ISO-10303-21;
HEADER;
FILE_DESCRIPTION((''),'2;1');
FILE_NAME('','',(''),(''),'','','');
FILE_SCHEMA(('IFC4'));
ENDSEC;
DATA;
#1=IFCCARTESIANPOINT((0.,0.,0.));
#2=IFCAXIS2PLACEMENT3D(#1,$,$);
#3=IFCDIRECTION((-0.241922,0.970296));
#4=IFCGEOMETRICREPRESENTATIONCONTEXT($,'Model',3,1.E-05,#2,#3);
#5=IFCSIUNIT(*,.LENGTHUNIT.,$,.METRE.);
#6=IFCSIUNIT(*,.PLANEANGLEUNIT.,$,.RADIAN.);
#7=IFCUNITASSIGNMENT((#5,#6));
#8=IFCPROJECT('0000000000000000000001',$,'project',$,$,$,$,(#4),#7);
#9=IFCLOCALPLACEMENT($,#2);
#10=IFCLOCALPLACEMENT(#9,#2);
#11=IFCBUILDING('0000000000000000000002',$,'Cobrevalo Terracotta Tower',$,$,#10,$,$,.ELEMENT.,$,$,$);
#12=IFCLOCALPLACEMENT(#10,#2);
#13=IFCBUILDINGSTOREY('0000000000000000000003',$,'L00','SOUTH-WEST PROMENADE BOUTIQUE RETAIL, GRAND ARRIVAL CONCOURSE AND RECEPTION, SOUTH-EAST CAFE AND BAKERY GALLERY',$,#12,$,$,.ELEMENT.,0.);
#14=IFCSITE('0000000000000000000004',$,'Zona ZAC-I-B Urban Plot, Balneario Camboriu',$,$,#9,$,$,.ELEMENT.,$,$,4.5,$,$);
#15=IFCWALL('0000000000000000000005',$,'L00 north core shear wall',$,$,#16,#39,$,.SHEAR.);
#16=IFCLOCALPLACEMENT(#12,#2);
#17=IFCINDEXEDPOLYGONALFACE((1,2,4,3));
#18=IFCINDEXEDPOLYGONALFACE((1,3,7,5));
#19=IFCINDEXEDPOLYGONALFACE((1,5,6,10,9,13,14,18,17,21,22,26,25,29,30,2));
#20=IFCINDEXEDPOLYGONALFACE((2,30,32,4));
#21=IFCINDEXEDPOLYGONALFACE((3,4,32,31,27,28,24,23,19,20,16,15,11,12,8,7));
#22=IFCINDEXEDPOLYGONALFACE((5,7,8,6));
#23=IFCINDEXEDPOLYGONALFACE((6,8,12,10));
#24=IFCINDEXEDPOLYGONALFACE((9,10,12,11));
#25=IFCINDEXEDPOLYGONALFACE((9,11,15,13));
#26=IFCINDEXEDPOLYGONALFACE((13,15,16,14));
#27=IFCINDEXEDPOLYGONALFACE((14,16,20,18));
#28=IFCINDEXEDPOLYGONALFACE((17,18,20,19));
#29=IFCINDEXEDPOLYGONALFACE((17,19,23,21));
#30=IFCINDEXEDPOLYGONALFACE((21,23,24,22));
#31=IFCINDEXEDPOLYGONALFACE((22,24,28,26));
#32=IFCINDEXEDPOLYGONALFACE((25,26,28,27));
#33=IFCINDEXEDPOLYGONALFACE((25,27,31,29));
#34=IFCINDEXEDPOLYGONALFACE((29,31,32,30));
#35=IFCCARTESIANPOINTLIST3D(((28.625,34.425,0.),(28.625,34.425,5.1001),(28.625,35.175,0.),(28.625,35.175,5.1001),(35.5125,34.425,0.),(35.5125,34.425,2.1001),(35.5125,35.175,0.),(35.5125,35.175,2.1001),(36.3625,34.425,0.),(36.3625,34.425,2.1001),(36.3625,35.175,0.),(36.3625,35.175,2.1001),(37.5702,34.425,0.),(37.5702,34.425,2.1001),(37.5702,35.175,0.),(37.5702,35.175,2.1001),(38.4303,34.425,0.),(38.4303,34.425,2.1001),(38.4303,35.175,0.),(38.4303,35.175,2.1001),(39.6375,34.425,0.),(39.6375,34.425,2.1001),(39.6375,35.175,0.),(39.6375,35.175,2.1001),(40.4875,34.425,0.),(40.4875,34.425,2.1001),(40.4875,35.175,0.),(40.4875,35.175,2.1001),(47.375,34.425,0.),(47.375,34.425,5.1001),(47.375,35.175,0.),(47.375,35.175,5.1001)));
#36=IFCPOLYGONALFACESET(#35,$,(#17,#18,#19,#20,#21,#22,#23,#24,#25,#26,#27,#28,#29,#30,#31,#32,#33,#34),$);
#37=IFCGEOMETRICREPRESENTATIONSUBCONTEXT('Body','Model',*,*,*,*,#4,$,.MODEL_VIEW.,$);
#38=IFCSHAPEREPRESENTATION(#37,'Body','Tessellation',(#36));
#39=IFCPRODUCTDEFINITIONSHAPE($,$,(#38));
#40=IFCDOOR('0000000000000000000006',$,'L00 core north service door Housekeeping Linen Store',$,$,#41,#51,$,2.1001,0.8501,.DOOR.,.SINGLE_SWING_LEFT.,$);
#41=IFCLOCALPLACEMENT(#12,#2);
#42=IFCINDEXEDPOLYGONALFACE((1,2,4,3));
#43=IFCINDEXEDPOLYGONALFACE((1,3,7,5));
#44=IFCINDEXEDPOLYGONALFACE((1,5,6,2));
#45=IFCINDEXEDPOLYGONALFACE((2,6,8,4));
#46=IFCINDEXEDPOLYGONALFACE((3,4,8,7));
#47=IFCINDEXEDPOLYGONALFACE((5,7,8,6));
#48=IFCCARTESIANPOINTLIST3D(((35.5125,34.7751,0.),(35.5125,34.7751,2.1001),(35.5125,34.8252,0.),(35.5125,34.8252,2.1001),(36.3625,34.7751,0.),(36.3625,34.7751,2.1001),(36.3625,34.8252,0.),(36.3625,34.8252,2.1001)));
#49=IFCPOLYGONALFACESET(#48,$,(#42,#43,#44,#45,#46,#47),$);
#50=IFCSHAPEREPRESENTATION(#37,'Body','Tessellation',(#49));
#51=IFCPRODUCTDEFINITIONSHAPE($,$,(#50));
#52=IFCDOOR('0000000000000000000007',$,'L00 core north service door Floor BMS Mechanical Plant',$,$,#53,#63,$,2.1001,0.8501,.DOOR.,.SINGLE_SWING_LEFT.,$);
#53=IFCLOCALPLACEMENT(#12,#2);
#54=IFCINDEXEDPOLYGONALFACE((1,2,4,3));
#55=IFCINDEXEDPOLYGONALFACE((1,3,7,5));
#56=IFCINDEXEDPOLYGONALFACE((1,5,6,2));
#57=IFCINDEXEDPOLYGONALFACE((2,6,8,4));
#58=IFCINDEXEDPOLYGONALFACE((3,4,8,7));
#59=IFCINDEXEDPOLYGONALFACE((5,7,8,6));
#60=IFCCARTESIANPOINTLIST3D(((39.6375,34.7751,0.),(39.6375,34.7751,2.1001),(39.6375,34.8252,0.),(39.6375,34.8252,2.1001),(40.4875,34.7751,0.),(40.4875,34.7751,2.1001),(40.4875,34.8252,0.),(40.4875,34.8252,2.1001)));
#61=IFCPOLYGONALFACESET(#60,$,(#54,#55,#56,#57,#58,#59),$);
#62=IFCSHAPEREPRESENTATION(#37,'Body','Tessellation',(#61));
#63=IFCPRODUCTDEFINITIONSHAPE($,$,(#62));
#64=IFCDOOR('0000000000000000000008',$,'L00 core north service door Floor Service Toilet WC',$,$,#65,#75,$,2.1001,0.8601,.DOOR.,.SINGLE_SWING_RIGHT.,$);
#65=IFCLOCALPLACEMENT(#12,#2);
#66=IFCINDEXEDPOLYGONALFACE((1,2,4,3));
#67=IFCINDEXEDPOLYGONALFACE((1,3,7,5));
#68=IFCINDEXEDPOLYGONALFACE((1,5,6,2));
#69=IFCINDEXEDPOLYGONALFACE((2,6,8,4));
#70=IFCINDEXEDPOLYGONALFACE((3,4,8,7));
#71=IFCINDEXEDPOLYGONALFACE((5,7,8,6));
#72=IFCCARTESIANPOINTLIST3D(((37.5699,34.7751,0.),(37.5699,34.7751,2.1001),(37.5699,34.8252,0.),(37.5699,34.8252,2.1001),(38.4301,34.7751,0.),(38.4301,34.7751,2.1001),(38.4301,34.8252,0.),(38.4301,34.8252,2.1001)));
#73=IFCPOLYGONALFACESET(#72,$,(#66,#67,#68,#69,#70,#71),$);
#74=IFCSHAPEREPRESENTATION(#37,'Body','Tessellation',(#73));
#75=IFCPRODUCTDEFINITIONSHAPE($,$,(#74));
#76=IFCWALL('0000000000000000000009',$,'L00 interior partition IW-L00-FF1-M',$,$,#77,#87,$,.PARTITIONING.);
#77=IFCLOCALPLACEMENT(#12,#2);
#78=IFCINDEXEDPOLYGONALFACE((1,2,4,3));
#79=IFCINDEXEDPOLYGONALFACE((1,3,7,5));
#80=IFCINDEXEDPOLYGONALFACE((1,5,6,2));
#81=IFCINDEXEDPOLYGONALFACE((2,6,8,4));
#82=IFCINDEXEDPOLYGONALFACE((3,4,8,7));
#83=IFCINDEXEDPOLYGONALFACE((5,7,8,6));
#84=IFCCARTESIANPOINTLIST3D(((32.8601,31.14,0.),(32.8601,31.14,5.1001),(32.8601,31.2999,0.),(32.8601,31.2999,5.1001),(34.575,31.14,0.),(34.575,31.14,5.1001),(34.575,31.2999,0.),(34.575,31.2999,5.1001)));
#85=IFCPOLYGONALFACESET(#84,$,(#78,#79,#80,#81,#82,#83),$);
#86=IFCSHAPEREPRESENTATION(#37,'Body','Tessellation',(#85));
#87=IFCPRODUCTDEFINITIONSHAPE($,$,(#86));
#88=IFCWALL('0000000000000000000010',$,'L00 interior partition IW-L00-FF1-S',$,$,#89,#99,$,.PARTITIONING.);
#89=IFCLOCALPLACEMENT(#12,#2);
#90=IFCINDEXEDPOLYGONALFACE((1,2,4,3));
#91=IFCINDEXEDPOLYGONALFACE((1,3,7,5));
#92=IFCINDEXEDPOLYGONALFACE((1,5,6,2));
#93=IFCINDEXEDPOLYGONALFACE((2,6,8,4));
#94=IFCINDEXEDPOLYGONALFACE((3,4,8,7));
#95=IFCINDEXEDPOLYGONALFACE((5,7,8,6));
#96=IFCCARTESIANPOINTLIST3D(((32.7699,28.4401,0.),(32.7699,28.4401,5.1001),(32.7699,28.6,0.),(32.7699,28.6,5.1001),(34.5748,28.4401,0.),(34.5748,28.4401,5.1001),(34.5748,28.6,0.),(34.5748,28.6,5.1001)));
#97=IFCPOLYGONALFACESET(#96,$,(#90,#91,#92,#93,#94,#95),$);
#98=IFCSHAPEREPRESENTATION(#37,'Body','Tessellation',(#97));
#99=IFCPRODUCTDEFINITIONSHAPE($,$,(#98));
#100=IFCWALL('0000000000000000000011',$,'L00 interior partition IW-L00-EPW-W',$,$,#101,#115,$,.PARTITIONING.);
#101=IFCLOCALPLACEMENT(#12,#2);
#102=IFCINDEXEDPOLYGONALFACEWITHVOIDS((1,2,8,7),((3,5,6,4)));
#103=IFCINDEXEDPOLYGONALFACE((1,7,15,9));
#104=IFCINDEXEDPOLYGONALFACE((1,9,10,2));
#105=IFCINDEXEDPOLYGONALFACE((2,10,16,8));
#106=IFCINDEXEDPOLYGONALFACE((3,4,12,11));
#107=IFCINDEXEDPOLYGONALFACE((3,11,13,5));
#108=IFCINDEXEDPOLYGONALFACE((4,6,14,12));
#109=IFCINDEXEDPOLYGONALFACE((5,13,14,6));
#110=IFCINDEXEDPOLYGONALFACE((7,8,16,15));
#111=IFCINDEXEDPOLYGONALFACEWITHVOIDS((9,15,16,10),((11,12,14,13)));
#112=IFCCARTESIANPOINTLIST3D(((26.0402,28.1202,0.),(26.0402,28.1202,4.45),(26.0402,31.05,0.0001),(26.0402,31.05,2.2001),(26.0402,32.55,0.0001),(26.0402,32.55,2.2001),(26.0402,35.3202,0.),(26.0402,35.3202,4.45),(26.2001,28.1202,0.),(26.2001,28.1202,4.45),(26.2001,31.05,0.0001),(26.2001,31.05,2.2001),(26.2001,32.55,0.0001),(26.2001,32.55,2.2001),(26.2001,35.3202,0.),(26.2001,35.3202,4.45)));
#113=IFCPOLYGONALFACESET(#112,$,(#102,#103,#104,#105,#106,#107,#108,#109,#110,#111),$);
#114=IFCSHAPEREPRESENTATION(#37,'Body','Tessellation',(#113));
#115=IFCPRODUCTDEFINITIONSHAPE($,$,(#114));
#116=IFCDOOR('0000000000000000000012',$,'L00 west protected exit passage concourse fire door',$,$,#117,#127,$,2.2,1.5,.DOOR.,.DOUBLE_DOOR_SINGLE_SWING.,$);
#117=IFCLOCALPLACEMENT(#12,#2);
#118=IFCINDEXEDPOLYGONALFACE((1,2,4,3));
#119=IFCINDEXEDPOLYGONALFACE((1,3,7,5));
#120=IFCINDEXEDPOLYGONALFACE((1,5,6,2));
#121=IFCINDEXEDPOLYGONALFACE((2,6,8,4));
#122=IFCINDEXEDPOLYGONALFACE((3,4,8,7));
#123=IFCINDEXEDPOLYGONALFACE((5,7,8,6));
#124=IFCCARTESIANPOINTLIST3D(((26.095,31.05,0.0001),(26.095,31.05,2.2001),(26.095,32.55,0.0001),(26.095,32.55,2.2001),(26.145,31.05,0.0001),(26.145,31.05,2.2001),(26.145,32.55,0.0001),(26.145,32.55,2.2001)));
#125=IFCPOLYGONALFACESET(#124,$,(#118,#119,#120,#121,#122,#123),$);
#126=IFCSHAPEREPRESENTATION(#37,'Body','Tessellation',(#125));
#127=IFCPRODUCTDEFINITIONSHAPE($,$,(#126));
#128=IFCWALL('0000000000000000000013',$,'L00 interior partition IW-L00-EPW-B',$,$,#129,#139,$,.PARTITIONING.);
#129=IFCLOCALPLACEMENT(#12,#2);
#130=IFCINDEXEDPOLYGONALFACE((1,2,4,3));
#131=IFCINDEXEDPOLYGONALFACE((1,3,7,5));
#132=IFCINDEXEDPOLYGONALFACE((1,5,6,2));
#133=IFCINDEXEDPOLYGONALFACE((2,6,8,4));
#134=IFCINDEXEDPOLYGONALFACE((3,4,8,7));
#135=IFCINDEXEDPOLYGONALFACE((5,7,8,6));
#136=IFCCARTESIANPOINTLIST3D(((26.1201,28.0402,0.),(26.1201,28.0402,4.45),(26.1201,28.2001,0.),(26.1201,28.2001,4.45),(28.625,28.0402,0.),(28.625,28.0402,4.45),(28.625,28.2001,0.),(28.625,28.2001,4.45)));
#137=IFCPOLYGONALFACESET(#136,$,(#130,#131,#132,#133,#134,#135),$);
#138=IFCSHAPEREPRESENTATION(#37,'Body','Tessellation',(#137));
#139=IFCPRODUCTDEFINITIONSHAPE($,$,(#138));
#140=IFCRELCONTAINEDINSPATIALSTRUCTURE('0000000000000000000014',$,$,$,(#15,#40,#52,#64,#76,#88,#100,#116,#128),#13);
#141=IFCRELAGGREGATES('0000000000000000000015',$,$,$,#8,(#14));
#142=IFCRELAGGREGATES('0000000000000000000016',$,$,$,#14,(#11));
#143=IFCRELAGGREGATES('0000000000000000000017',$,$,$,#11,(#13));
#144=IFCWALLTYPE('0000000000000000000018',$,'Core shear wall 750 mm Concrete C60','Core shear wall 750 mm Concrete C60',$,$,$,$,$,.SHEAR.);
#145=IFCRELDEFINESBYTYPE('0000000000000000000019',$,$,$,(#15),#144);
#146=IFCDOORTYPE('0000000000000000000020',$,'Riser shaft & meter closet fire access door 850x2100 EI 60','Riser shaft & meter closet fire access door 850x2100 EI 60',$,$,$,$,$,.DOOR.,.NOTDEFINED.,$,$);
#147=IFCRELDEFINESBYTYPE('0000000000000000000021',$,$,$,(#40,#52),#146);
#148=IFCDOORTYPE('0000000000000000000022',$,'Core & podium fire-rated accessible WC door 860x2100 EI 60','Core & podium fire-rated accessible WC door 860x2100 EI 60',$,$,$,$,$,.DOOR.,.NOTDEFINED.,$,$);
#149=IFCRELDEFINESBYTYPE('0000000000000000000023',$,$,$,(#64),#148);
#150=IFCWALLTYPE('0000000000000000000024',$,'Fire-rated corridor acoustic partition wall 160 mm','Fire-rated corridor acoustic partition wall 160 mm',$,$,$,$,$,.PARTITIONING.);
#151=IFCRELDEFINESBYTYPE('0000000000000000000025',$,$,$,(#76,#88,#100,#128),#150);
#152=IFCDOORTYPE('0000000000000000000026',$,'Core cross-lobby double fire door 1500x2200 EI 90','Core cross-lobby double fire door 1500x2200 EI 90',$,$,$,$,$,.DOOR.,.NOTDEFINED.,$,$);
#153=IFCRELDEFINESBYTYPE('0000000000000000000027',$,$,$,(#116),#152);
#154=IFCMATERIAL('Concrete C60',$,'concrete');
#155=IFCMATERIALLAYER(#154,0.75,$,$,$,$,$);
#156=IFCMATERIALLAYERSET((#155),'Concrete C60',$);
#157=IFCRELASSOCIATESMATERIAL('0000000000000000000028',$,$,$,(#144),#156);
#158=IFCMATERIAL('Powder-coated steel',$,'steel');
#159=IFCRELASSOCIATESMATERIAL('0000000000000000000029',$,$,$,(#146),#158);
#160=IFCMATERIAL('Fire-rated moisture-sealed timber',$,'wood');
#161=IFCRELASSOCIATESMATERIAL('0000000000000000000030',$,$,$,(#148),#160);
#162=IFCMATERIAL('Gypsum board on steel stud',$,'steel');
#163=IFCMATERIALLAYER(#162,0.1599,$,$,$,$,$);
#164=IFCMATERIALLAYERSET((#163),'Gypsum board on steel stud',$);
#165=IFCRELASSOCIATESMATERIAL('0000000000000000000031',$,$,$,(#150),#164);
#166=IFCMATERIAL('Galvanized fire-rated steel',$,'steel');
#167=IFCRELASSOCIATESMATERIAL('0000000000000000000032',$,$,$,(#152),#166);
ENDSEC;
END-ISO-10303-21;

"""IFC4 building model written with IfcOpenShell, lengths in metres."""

from ifc_helpers import new_model, si_unit, direction, frame, frame_2d, origin, place, context, subcontext, project, spatial, rectangle, extrude, source, transform, mapped, material, layer, layer_set, type_object, element, fill, save


model = new_model("IFC4")

# Units and contexts
model_context = context("Model", 3, precision=1e-05, world=origin(), true_north=direction((-0.241922, 0.970296)))
body_context = subcontext(model_context, "Body", "Model", "MODEL_VIEW")
ifc_project = project(units=[si_unit("LENGTHUNIT", "METRE"), si_unit("PLANEANGLEUNIT", "RADIAN")], contexts=[model_context])

# Site, building, storey
site_placement = place(None, origin())
site = spatial("IfcSite", under=ifc_project, at=site_placement, Name="Zona ZAC-I-B Urban Plot, Balneario Camboriu", CompositionType="ELEMENT", RefElevation=4.5)
building_placement = place(site_placement, origin())
building = spatial("IfcBuilding", under=site, at=building_placement, Name="Cobrevalo Terracotta Tower", CompositionType="ELEMENT")
storey_placement = place(building_placement, origin())
storey = spatial("IfcBuildingStorey", under=building, at=storey_placement, Name="L00", Description="SOUTH-WEST PROMENADE BOUTIQUE RETAIL, GRAND ARRIVAL CONCOURSE AND RECEPTION, SOUTH-EAST CAFE AND BAKERY GALLERY", CompositionType="ELEMENT", Elevation=0.0)

# Wall, openings, doors
ifc_material_1 = material(Name="Concrete C60", Category="concrete")
ifc_layer_1 = layer(ifc_material_1, 0.75)
ifc_layer_set_1 = layer_set([ifc_layer_1], Name="Concrete C60")
wall_type_1 = type_object("IfcWallType", Name="Core shear wall 750 mm Concrete C60", Description="Core shear wall 750 mm Concrete C60", PredefinedType="SHEAR", material=ifc_layer_set_1)
wall_1_placement = place(storey_placement, frame((28.625, 34.8, 0.0), z_axis=(0.0, 0.0, 1.0), x_axis=(1.0, 0.0, 0.0)))
wall_1 = element("IfcWall", 1, at=wall_1_placement, inside=storey, type_object=wall_type_1, Name="L00 north core shear wall", PredefinedType="SHEAR", context=body_context, shape_type="SweptSolid", body=[
    extrude(rectangle(XDim=18.75, YDim=0.75, at=frame_2d((9.375, 0.0))), origin(), (0.0, 0.0, 1.0), 5.1001),
])
opening_1_placement = place(wall_1_placement, frame((6.8875, 0.0, 0.0)))
opening_1 = element("IfcOpeningElement", 2, at=opening_1_placement, cuts=wall_1, PredefinedType="OPENING", context=body_context, shape_type="SweptSolid", body=[
    extrude(rectangle(XDim=0.8501, YDim=2.1001, at=frame_2d((0.425, 1.05))), frame((0.0, 0.385, 0.0), z_axis=(0.0, -1.0, 0.0), x_axis=(1.0, 0.0, 0.0)), (0.0, 0.0, 1.0), 0.77),
])
opening_2_placement = place(wall_1_placement, frame((8.9451, 0.0, 0.0)))
opening_2 = element("IfcOpeningElement", 3, at=opening_2_placement, cuts=wall_1, PredefinedType="OPENING", context=body_context, shape_type="SweptSolid", body=[
    extrude(rectangle(XDim=0.8601, YDim=2.1001, at=frame_2d((0.4302, 1.05))), frame((0.0, 0.385, 0.0), z_axis=(0.0, -1.0, 0.0), x_axis=(1.0, 0.0, 0.0)), (0.0, 0.0, 1.0), 0.77),
])
opening_3_placement = place(wall_1_placement, frame((11.0125, 0.0, 0.0)))
opening_3 = element("IfcOpeningElement", 4, at=opening_3_placement, cuts=wall_1, PredefinedType="OPENING", context=body_context, shape_type="SweptSolid", body=[
    extrude(rectangle(XDim=0.8501, YDim=2.1001, at=frame_2d((0.425, 1.05))), frame((0.0, 0.385, 0.0), z_axis=(0.0, -1.0, 0.0), x_axis=(1.0, 0.0, 0.0)), (0.0, 0.0, 1.0), 0.77),
])
ifc_material_2 = material(Name="Powder-coated steel", Category="steel")
door_type_1 = type_object("IfcDoorType", Name="Riser shaft & meter closet fire access door 850x2100 EI 60", Description="Riser shaft & meter closet fire access door 850x2100 EI 60", OperationType="NOTDEFINED", PredefinedType="DOOR", material=ifc_material_2)
shared_shape_1 = source(origin(), body_context, "Body", "SweptSolid", [
    extrude(rectangle(XDim=0.8501, YDim=2.1001, at=frame_2d((0.425, 1.05))), frame((0.0, 0.0249, 0.0), z_axis=(0.0, -1.0, 0.0), x_axis=(1.0, 0.0, 0.0)), (0.0, 0.0, 1.0), 0.05),
])
door_1_placement = place(opening_1_placement, frame((0.8501, 0.0, 0.0), z_axis=(0.0, 0.0, 1.0), x_axis=(-1.0, 0.0, 0.0)))
door_1 = element("IfcDoor", 5, at=door_1_placement, inside=storey, type_object=door_type_1, Name="L00 core north service door Housekeeping Linen Store", OperationType="SINGLE_SWING_LEFT", OverallHeight=2.1001, OverallWidth=0.8501, PredefinedType="DOOR", context=body_context, shape_type="MappedRepresentation", body=[
    mapped(shared_shape_1, transform((0.0, 0.0, 0.0), scale=1.0)),
])
fill(opening_1, door_1)
door_2_placement = place(opening_3_placement, frame((0.8501, 0.0, 0.0), z_axis=(0.0, 0.0, 1.0), x_axis=(-1.0, 0.0, 0.0)))
door_2 = element("IfcDoor", 6, at=door_2_placement, inside=storey, type_object=door_type_1, Name="L00 core north service door Floor BMS Mechanical Plant", OperationType="SINGLE_SWING_LEFT", OverallHeight=2.1001, OverallWidth=0.8501, PredefinedType="DOOR", context=body_context, shape_type="MappedRepresentation", body=[
    mapped(shared_shape_1, transform((0.0, 0.0, 0.0), scale=1.0)),
])
fill(opening_3, door_2)
ifc_material_3 = material(Name="Fire-rated moisture-sealed timber", Category="wood")
door_type_2 = type_object("IfcDoorType", Name="Core & podium fire-rated accessible WC door 860x2100 EI 60", Description="Core & podium fire-rated accessible WC door 860x2100 EI 60", OperationType="NOTDEFINED", PredefinedType="DOOR", material=ifc_material_3)
shared_shape_2 = source(origin(), body_context, "Body", "SweptSolid", [
    extrude(rectangle(XDim=0.8601, YDim=2.1001, at=frame_2d((0.4302, 1.05))), frame((0.0, 0.0249, 0.0), z_axis=(0.0, -1.0, 0.0), x_axis=(1.0, 0.0, 0.0)), (0.0, 0.0, 1.0), 0.05),
])
door_3_placement = place(opening_2_placement, frame((0.8601, 0.0, 0.0), z_axis=(0.0, 0.0, 1.0), x_axis=(-1.0, 0.0, 0.0)))
door_3 = element("IfcDoor", 7, at=door_3_placement, inside=storey, type_object=door_type_2, Name="L00 core north service door Floor Service Toilet WC", OperationType="SINGLE_SWING_RIGHT", OverallHeight=2.1001, OverallWidth=0.8601, PredefinedType="DOOR", context=body_context, shape_type="MappedRepresentation", body=[
    mapped(shared_shape_2, transform((0.0, 0.0, 0.0), scale=1.0)),
])
fill(opening_2, door_3)

# Walls
ifc_material_4 = material(Name="Gypsum board on steel stud", Category="steel")
ifc_layer_2 = layer(ifc_material_4, 0.1599)
ifc_layer_set_2 = layer_set([ifc_layer_2], Name="Gypsum board on steel stud")
wall_type_2 = type_object("IfcWallType", Name="Fire-rated corridor acoustic partition wall 160 mm", Description="Fire-rated corridor acoustic partition wall 160 mm", PredefinedType="PARTITIONING", material=ifc_layer_set_2)
wall_2_placement = place(storey_placement, frame((32.8601, 31.22, 0.0), z_axis=(0.0, 0.0, 1.0), x_axis=(1.0, 0.0, 0.0)))
element("IfcWall", 8, at=wall_2_placement, inside=storey, type_object=wall_type_2, Name="L00 interior partition IW-L00-FF1-M", PredefinedType="PARTITIONING", context=body_context, shape_type="SweptSolid", body=[
    extrude(rectangle(XDim=1.7148, YDim=0.1599, at=frame_2d((0.8574, 0.0))), origin(), (0.0, 0.0, 1.0), 5.1001),
])
wall_3_placement = place(storey_placement, frame((32.77, 28.52, 0.0), z_axis=(0.0, 0.0, 1.0), x_axis=(1.0, 0.0, 0.0)))
element("IfcWall", 9, at=wall_3_placement, inside=storey, type_object=wall_type_2, Name="L00 interior partition IW-L00-FF1-S", PredefinedType="PARTITIONING", context=body_context, shape_type="SweptSolid", body=[
    extrude(rectangle(XDim=1.8049, YDim=0.1599, at=frame_2d((0.9023, 0.0))), origin(), (0.0, 0.0, 1.0), 5.1001),
])

# Wall, opening, door
wall_4_placement = place(storey_placement, frame((26.1201, 28.1201, 0.0), z_axis=(0.0, 0.0, 1.0), x_axis=(0.0, 1.0, 0.0)))
wall_4 = element("IfcWall", 10, at=wall_4_placement, inside=storey, type_object=wall_type_2, Name="L00 interior partition IW-L00-EPW-W", PredefinedType="PARTITIONING", context=body_context, shape_type="SweptSolid", body=[
    extrude(rectangle(XDim=7.2, YDim=0.1599, at=frame_2d((3.6001, 0.0))), origin(), (0.0, 0.0, 1.0), 4.45),
])
opening_4_placement = place(wall_4_placement, frame((2.9299, 0.0, 0.0)))
opening_4 = element("IfcOpeningElement", 11, at=opening_4_placement, cuts=wall_4, PredefinedType="OPENING", context=body_context, shape_type="SweptSolid", body=[
    extrude(rectangle(XDim=1.5, YDim=2.2, at=frame_2d((0.75, 1.1001))), frame((0.0, 0.0898, 0.0), z_axis=(0.0, -1.0, 0.0), x_axis=(1.0, 0.0, 0.0)), (0.0, 0.0, 1.0), 0.1799),
])
ifc_material_5 = material(Name="Galvanized fire-rated steel", Category="steel")
door_type_3 = type_object("IfcDoorType", Name="Core cross-lobby double fire door 1500x2200 EI 90", Description="Core cross-lobby double fire door 1500x2200 EI 90", OperationType="NOTDEFINED", PredefinedType="DOOR", material=ifc_material_5)
shared_shape_3 = source(origin(), body_context, "Body", "SweptSolid", [
    extrude(rectangle(XDim=1.5, YDim=2.2, at=frame_2d((0.75, 1.1001))), frame((0.0, 0.0249, 0.0), z_axis=(0.0, -1.0, 0.0), x_axis=(1.0, 0.0, 0.0)), (0.0, 0.0, 1.0), 0.05),
])
door_4_placement = place(opening_4_placement, frame((1.5, 0.0, 0.0), z_axis=(0.0, 0.0, 1.0), x_axis=(-1.0, 0.0, 0.0)))
door_4 = element("IfcDoor", 12, at=door_4_placement, inside=storey, type_object=door_type_3, Name="L00 west protected exit passage concourse fire door", OperationType="DOUBLE_DOOR_SINGLE_SWING", OverallHeight=2.2, OverallWidth=1.5, PredefinedType="DOOR", context=body_context, shape_type="MappedRepresentation", body=[
    mapped(shared_shape_3, transform((0.0, 0.0, 0.0), scale=1.0)),
])
fill(opening_4, door_4)

# Wall
wall_5_placement = place(storey_placement, frame((26.1201, 28.1201, 0.0), z_axis=(0.0, 0.0, 1.0), x_axis=(1.0, 0.0, 0.0)))
element("IfcWall", 13, at=wall_5_placement, inside=storey, type_object=wall_type_2, Name="L00 interior partition IW-L00-EPW-B", PredefinedType="PARTITIONING", context=body_context, shape_type="SweptSolid", body=[
    extrude(rectangle(XDim=2.5049, YDim=0.1599, at=frame_2d((1.2524, 0.0))), origin(), (0.0, 0.0, 1.0), 4.45),
])

save(model, "model.ifc")
